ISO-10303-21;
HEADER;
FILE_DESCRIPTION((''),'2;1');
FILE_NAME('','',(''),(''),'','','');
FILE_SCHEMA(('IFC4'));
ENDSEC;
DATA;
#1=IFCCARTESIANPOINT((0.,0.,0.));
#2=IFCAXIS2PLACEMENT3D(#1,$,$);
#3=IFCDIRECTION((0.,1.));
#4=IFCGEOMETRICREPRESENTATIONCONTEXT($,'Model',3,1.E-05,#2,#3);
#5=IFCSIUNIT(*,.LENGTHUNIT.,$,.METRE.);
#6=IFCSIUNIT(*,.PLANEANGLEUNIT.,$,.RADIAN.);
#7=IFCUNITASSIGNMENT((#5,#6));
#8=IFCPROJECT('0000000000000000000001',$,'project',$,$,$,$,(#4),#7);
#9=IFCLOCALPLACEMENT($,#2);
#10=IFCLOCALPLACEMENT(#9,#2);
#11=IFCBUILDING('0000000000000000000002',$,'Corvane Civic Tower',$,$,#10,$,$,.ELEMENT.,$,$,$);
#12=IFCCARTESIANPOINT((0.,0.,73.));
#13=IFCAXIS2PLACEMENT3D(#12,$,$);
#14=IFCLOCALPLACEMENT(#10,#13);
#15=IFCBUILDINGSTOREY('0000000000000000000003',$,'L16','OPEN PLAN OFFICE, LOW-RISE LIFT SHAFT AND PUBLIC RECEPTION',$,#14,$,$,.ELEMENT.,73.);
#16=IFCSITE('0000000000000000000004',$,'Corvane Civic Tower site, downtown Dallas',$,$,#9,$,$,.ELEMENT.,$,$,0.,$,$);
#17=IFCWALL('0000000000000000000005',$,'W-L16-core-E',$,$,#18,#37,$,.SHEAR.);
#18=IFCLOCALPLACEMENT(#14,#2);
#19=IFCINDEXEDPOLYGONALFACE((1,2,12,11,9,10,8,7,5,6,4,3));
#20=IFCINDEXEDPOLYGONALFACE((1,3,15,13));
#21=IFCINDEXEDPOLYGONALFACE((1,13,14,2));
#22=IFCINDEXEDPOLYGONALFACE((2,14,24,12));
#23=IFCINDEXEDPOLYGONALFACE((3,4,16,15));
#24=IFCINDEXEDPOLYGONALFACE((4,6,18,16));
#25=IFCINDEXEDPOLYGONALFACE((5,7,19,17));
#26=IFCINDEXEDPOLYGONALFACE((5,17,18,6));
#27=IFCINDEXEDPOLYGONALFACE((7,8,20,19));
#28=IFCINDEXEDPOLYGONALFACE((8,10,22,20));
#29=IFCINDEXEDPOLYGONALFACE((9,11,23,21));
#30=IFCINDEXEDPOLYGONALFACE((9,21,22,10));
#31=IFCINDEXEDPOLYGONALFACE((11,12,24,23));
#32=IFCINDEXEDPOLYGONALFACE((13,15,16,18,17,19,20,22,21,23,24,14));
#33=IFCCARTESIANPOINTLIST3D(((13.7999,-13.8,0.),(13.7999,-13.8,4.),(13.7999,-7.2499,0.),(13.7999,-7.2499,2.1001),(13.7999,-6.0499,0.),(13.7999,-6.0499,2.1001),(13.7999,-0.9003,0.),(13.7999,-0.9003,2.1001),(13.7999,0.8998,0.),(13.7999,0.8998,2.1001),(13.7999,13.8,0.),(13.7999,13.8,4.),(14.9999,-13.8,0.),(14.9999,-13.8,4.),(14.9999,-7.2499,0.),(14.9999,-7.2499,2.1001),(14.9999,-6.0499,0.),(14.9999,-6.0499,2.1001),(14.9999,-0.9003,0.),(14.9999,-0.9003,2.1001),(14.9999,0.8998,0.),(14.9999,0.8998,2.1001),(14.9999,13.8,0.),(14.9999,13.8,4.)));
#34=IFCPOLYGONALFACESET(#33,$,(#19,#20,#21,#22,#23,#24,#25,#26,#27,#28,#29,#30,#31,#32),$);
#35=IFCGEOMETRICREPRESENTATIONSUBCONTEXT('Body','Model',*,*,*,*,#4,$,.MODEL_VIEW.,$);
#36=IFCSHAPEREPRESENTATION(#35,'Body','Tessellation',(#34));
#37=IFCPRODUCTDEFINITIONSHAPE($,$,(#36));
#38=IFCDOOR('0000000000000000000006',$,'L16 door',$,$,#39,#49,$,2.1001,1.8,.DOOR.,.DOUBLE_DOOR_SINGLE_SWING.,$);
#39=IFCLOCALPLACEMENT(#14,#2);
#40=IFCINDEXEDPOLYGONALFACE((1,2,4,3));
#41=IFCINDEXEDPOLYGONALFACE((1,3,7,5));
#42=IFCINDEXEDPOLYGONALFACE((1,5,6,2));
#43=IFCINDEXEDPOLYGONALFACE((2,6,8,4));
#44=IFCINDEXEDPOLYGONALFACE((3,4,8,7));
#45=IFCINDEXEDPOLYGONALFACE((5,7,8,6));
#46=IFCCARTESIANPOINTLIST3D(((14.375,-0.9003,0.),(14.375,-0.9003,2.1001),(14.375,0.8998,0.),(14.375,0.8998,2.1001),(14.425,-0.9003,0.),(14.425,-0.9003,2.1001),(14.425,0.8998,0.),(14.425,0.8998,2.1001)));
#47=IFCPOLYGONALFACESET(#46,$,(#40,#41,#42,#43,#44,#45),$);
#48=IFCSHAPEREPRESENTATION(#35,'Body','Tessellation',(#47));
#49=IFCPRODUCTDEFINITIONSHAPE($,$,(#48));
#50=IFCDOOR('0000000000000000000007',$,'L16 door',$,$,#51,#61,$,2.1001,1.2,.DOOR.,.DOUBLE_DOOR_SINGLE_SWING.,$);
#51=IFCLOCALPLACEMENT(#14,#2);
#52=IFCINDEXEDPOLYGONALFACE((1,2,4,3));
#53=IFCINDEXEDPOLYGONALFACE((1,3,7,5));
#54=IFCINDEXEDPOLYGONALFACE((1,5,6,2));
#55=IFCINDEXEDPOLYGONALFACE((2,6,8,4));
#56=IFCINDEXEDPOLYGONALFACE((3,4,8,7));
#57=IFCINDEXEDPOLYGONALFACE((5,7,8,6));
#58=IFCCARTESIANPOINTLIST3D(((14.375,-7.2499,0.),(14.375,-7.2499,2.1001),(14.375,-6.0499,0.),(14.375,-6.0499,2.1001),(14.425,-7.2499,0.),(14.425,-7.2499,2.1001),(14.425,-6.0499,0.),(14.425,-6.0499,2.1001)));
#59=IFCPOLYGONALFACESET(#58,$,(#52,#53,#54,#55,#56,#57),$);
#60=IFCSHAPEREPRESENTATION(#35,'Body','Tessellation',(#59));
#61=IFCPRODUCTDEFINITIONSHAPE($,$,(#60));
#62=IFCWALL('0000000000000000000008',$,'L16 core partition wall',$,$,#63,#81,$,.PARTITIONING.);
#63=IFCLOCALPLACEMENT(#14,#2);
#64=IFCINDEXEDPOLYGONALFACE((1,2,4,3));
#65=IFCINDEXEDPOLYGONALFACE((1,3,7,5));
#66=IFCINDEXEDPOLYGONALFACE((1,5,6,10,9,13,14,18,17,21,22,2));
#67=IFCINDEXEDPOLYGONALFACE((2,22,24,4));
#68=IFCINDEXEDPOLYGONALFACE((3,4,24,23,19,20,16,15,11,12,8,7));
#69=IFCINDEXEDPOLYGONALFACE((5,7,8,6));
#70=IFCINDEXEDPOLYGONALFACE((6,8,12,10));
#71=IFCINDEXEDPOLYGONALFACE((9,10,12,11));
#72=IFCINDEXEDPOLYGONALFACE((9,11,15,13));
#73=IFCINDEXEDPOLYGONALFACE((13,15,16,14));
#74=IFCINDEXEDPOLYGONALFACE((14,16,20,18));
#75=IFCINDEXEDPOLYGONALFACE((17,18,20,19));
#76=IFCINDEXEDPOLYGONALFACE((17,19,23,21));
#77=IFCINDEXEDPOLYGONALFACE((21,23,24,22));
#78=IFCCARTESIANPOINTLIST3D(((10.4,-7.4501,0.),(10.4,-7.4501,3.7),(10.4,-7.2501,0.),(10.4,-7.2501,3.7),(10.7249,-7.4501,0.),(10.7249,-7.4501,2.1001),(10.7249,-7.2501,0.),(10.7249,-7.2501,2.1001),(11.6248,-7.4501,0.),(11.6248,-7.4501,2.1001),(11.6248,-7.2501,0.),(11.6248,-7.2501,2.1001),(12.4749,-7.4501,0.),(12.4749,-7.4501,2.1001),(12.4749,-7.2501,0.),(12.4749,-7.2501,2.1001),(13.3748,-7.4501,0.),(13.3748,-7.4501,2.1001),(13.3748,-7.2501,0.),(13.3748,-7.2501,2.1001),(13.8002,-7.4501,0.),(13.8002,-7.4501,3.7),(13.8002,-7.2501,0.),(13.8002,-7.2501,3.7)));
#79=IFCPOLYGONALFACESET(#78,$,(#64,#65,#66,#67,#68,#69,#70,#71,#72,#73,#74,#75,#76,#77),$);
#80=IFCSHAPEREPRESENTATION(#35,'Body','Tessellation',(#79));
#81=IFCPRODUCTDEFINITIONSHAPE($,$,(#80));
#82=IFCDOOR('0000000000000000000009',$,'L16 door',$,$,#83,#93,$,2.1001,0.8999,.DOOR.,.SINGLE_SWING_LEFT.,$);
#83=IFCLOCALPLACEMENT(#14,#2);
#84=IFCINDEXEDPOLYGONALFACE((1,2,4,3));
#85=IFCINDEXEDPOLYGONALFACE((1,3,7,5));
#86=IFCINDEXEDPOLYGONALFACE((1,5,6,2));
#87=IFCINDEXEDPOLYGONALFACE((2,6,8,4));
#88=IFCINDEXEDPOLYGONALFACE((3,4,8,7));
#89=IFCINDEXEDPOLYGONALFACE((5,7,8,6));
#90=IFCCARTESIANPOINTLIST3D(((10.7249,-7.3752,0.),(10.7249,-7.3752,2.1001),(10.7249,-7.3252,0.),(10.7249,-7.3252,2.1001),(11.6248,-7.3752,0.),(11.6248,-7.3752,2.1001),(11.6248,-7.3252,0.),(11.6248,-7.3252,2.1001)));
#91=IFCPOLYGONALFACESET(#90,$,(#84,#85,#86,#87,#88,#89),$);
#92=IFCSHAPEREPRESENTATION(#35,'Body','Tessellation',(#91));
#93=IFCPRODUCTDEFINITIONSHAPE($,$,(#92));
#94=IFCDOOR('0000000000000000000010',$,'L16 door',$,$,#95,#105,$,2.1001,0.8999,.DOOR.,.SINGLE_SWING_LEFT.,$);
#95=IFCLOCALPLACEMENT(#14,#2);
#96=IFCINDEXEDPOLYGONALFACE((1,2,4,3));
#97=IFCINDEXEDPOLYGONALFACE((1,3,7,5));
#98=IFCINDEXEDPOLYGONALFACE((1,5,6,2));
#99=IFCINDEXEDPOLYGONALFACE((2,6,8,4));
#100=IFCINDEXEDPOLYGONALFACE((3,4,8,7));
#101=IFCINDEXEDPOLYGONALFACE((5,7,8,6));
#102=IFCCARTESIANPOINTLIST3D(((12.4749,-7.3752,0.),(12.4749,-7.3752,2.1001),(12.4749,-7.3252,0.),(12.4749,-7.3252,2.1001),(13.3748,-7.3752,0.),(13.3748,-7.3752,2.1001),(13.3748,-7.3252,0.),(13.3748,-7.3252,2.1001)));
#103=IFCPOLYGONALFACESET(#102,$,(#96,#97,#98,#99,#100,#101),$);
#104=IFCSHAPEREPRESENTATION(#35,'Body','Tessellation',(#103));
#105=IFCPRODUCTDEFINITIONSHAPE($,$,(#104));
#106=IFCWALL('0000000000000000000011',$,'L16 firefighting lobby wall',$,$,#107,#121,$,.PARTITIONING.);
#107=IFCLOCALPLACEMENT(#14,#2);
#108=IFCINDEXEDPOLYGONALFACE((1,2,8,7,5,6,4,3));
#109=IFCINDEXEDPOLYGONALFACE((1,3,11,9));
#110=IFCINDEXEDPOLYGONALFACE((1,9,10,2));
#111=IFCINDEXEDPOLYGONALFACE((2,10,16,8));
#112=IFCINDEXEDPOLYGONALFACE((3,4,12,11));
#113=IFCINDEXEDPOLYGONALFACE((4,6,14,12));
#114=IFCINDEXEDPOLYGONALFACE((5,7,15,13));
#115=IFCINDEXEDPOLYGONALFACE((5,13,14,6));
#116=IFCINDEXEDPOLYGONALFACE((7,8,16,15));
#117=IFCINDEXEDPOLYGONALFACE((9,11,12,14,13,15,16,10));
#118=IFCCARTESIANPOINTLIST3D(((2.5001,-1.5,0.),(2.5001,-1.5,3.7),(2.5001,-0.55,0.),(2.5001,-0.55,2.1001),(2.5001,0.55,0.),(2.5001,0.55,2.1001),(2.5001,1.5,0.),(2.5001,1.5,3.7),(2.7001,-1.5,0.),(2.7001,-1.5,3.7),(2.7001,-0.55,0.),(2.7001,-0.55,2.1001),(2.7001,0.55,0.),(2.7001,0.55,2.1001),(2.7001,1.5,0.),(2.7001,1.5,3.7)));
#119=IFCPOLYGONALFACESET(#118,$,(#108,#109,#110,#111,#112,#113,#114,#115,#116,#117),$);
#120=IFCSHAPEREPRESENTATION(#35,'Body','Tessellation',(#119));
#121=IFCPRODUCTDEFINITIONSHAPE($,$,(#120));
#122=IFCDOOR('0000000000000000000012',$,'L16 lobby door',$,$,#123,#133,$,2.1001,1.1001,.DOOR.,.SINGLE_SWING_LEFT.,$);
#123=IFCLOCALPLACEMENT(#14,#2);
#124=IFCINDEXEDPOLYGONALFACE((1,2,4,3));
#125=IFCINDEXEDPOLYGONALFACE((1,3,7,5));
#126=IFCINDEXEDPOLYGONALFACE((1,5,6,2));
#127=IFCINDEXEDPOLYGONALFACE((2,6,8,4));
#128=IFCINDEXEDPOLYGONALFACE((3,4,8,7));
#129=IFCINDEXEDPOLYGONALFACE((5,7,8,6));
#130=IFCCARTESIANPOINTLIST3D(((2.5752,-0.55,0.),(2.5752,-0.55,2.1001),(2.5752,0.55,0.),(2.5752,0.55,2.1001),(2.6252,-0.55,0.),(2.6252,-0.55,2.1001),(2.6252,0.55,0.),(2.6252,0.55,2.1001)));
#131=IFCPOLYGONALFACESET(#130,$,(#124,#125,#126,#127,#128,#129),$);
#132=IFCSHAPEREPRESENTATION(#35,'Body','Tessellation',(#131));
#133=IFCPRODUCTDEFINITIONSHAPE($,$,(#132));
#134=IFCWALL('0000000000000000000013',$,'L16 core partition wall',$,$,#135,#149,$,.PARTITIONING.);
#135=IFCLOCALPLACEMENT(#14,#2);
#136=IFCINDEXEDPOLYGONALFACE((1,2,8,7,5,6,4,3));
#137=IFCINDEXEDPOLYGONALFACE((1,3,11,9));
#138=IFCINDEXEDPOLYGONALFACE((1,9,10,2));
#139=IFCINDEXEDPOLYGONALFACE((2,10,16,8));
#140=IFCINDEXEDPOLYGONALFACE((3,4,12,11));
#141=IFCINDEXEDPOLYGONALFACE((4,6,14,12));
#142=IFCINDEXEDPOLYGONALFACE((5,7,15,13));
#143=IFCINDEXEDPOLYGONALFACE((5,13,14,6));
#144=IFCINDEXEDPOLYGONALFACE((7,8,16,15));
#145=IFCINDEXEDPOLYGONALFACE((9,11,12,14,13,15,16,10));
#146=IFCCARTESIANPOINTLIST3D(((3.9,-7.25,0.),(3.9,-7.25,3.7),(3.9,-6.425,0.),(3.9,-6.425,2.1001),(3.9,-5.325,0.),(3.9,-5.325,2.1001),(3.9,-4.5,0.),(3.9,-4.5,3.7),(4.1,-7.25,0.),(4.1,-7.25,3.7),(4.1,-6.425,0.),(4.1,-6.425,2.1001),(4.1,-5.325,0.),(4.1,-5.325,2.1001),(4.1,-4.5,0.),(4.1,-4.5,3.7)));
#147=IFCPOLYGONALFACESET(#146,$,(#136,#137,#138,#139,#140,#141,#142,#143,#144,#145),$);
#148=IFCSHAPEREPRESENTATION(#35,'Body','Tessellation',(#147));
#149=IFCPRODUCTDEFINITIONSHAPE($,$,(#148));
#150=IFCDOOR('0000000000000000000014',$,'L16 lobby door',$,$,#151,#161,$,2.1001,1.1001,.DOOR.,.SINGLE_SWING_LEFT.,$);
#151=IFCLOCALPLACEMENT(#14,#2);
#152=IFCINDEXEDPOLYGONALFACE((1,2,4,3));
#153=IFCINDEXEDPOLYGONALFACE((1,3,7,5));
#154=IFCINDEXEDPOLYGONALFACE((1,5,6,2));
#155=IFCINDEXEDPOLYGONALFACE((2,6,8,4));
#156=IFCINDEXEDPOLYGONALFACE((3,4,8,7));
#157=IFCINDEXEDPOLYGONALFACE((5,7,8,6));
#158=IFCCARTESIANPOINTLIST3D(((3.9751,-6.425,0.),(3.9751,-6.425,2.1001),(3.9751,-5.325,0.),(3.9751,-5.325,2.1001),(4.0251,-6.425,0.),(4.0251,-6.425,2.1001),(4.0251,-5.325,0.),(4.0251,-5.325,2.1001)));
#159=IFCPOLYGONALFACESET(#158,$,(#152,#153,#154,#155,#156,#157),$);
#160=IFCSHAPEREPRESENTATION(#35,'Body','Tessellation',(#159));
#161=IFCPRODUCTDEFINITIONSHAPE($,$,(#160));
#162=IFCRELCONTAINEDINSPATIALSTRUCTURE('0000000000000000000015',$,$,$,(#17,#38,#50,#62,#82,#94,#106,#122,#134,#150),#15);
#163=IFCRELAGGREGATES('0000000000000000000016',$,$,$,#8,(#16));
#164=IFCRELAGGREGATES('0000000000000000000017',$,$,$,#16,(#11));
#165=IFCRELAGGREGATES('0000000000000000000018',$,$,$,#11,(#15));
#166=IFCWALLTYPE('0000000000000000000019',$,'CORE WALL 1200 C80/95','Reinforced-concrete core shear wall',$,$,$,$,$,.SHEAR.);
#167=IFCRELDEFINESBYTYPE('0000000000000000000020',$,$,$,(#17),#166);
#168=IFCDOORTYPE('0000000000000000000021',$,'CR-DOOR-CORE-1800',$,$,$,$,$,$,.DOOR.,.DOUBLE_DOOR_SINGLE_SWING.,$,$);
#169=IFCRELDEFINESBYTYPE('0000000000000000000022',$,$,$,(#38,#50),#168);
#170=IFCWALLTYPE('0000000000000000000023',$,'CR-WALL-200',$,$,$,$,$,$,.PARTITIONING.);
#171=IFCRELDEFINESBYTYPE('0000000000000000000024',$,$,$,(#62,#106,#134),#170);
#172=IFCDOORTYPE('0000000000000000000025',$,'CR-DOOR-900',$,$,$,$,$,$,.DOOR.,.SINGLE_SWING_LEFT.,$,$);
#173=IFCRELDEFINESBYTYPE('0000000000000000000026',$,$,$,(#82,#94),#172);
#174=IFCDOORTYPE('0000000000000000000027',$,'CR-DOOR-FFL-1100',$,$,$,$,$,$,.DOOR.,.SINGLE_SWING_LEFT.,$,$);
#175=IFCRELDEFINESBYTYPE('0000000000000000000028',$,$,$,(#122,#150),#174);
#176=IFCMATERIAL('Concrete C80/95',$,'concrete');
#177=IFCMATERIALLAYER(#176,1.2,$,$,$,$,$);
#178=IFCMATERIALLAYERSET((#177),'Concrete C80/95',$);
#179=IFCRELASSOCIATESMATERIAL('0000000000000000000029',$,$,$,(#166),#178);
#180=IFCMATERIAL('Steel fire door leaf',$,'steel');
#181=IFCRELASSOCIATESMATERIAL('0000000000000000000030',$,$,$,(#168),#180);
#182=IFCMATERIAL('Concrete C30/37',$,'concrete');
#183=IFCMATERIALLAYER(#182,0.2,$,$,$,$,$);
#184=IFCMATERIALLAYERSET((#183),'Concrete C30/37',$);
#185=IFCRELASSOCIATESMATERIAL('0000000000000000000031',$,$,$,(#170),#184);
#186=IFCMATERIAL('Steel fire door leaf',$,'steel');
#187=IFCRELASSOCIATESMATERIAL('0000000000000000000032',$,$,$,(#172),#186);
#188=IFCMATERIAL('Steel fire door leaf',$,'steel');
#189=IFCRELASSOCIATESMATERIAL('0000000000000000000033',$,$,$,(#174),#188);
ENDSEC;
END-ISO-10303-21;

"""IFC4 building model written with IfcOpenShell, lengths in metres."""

from ifc_helpers import new_model, si_unit, direction, frame, frame_2d, origin, place, context, subcontext, project, spatial, rectangle, extrude, material, layer, layer_set, type_object, element, fill, save


model = new_model("IFC4")

# Units and contexts
model_context = context("Model", 3, precision=1e-05, world=origin(), true_north=direction((0.0, 1.0)))
body_context = subcontext(model_context, "Body", "Model", "MODEL_VIEW")
ifc_project = project(units=[si_unit("LENGTHUNIT", "METRE"), si_unit("PLANEANGLEUNIT", "RADIAN")], contexts=[model_context])

# Site, building, storey
site_placement = place(None, origin())
site = spatial("IfcSite", under=ifc_project, at=site_placement, Name="Corvane Civic Tower site, downtown Dallas", CompositionType="ELEMENT", RefElevation=0.0)
building_placement = place(site_placement, origin())
building = spatial("IfcBuilding", under=site, at=building_placement, Name="Corvane Civic Tower", CompositionType="ELEMENT")
storey_placement = place(building_placement, frame((0.0, 0.0, 73.0)))
storey = spatial("IfcBuildingStorey", under=building, at=storey_placement, Name="L16", Description="OPEN PLAN OFFICE, LOW-RISE LIFT SHAFT AND PUBLIC RECEPTION", CompositionType="ELEMENT", Elevation=73.0)

# Walls, openings, doors
ifc_material_1 = material(Name="Concrete C80/95", Category="concrete")
ifc_layer_1 = layer(ifc_material_1, 1.2)
ifc_layer_set_1 = layer_set([ifc_layer_1], Name="Concrete C80/95")
wall_type_1 = type_object("IfcWallType", Name="CORE WALL 1200 C80/95", Description="Reinforced-concrete core shear wall", PredefinedType="SHEAR", material=ifc_layer_set_1)
wall_1_placement = place(storey_placement, frame((14.3999, -13.8, 0.0), z_axis=(0.0, 0.0, 1.0), x_axis=(0.0, 1.0, 0.0)))
wall_1 = element("IfcWall", 1, at=wall_1_placement, inside=storey, type_object=wall_type_1, Name="W-L16-core-E", PredefinedType="SHEAR", context=body_context, shape_type="SweptSolid", body=[
    extrude(rectangle(XDim=27.6001, YDim=1.2, at=frame_2d((13.8, 0.0))), origin(), (0.0, 0.0, 1.0), 4.0),
])
opening_1_placement = place(wall_1_placement, frame((12.8999, 0.0, 0.0)))
opening_1 = element("IfcOpeningElement", 2, at=opening_1_placement, cuts=wall_1, PredefinedType="OPENING", context=body_context, shape_type="SweptSolid", body=[
    extrude(rectangle(XDim=1.8, YDim=2.1001, at=frame_2d((0.8999, 1.05))), frame((0.0, 0.6099, 0.0), z_axis=(0.0, -1.0, 0.0), x_axis=(1.0, 0.0, 0.0)), (0.0, 0.0, 1.0), 1.22),
])
opening_2_placement = place(wall_1_placement, frame((6.55, 0.0, 0.0)))
opening_2 = element("IfcOpeningElement", 3, at=opening_2_placement, cuts=wall_1, PredefinedType="OPENING", context=body_context, shape_type="SweptSolid", body=[
    extrude(rectangle(XDim=1.2, YDim=2.1001, at=frame_2d((0.6001, 1.05))), frame((0.0, 0.6099, 0.0), z_axis=(0.0, -1.0, 0.0), x_axis=(1.0, 0.0, 0.0)), (0.0, 0.0, 1.0), 1.22),
])
ifc_material_2 = material(Name="Steel fire door leaf", Category="steel")
door_type_1 = type_object("IfcDoorType", Name="CR-DOOR-CORE-1800", OperationType="DOUBLE_DOOR_SINGLE_SWING", PredefinedType="DOOR", material=ifc_material_2)
door_1_placement = place(opening_1_placement, origin())
door_1 = element("IfcDoor", 4, at=door_1_placement, inside=storey, type_object=door_type_1, Name="L16 door", OperationType="DOUBLE_DOOR_SINGLE_SWING", OverallHeight=2.1001, OverallWidth=1.8, PredefinedType="DOOR", context=body_context, shape_type="SweptSolid", body=[
    extrude(rectangle(XDim=1.8, YDim=2.1001, at=frame_2d((0.8999, 1.05))), frame((0.0, 0.0249, 0.0), z_axis=(0.0, -1.0, 0.0), x_axis=(1.0, 0.0, 0.0)), (0.0, 0.0, 1.0), 0.05),
])
fill(opening_1, door_1)
door_2_placement = place(opening_2_placement, origin())
door_2 = element("IfcDoor", 5, at=door_2_placement, inside=storey, type_object=door_type_1, Name="L16 door", OperationType="DOUBLE_DOOR_SINGLE_SWING", OverallHeight=2.1001, OverallWidth=1.2, PredefinedType="DOOR", context=body_context, shape_type="SweptSolid", body=[
    extrude(rectangle(XDim=1.2, YDim=2.1001, at=frame_2d((0.6001, 1.05))), frame((0.0, 0.0249, 0.0), z_axis=(0.0, -1.0, 0.0), x_axis=(1.0, 0.0, 0.0)), (0.0, 0.0, 1.0), 0.05),
])
fill(opening_2, door_2)
ifc_material_3 = material(Name="Concrete C30/37", Category="concrete")
ifc_layer_2 = layer(ifc_material_3, 0.2)
ifc_layer_set_2 = layer_set([ifc_layer_2], Name="Concrete C30/37")
wall_type_2 = type_object("IfcWallType", Name="CR-WALL-200", PredefinedType="PARTITIONING", material=ifc_layer_set_2)
wall_2_placement = place(storey_placement, frame((10.3999, -7.3501, 0.0), z_axis=(0.0, 0.0, 1.0), x_axis=(1.0, 0.0, 0.0)))
wall_2 = element("IfcWall", 6, at=wall_2_placement, inside=storey, type_object=wall_type_2, Name="L16 core partition wall", PredefinedType="PARTITIONING", context=body_context, shape_type="SweptSolid", body=[
    extrude(rectangle(XDim=3.4001, YDim=0.2, at=frame_2d((1.7002, 0.0))), origin(), (0.0, 0.0, 1.0), 3.7),
])
opening_3_placement = place(wall_2_placement, frame((0.325, 0.0, 0.0)))
opening_3 = element("IfcOpeningElement", 7, at=opening_3_placement, cuts=wall_2, PredefinedType="OPENING", context=body_context, shape_type="SweptSolid", body=[
    extrude(rectangle(XDim=0.8999, YDim=2.1001, at=frame_2d((0.45, 1.05))), frame((0.0, 0.1099, 0.0), z_axis=(0.0, -1.0, 0.0), x_axis=(1.0, 0.0, 0.0)), (0.0, 0.0, 1.0), 0.22),
])
opening_4_placement = place(wall_2_placement, frame((2.075, 0.0, 0.0)))
opening_4 = element("IfcOpeningElement", 8, at=opening_4_placement, cuts=wall_2, PredefinedType="OPENING", context=body_context, shape_type="SweptSolid", body=[
    extrude(rectangle(XDim=0.8999, YDim=2.1001, at=frame_2d((0.45, 1.05))), frame((0.0, 0.1099, 0.0), z_axis=(0.0, -1.0, 0.0), x_axis=(1.0, 0.0, 0.0)), (0.0, 0.0, 1.0), 0.22),
])
ifc_material_4 = material(Name="Steel fire door leaf", Category="steel")
door_type_2 = type_object("IfcDoorType", Name="CR-DOOR-900", OperationType="SINGLE_SWING_LEFT", PredefinedType="DOOR", material=ifc_material_4)
door_3_placement = place(opening_3_placement, origin())
door_3 = element("IfcDoor", 9, at=door_3_placement, inside=storey, type_object=door_type_2, Name="L16 door", OperationType="SINGLE_SWING_LEFT", OverallHeight=2.1001, OverallWidth=0.8999, PredefinedType="DOOR", context=body_context, shape_type="SweptSolid", body=[
    extrude(rectangle(XDim=0.8999, YDim=2.1001, at=frame_2d((0.45, 1.05))), frame((0.0, 0.0249, 0.0), z_axis=(0.0, -1.0, 0.0), x_axis=(1.0, 0.0, 0.0)), (0.0, 0.0, 1.0), 0.05),
])
fill(opening_3, door_3)
door_4_placement = place(opening_4_placement, origin())
door_4 = element("IfcDoor", 10, at=door_4_placement, inside=storey, type_object=door_type_2, Name="L16 door", OperationType="SINGLE_SWING_LEFT", OverallHeight=2.1001, OverallWidth=0.8999, PredefinedType="DOOR", context=body_context, shape_type="SweptSolid", body=[
    extrude(rectangle(XDim=0.8999, YDim=2.1001, at=frame_2d((0.45, 1.05))), frame((0.0, 0.0249, 0.0), z_axis=(0.0, -1.0, 0.0), x_axis=(1.0, 0.0, 0.0)), (0.0, 0.0, 1.0), 0.05),
])
fill(opening_4, door_4)

# Walls, openings, doors
wall_3_placement = place(storey_placement, frame((2.6001, -1.5, 0.0), z_axis=(0.0, 0.0, 1.0), x_axis=(0.0, 1.0, 0.0)))
wall_3 = element("IfcWall", 11, at=wall_3_placement, inside=storey, type_object=wall_type_2, Name="L16 firefighting lobby wall", PredefinedType="PARTITIONING", context=body_context, shape_type="SweptSolid", body=[
    extrude(rectangle(XDim=3.0, YDim=0.2, at=frame_2d((1.5, 0.0))), origin(), (0.0, 0.0, 1.0), 3.7),
])
opening_5_placement = place(wall_3_placement, frame((0.95, 0.0, 0.0)))
opening_5 = element("IfcOpeningElement", 12, at=opening_5_placement, cuts=wall_3, PredefinedType="OPENING", context=body_context, shape_type="SweptSolid", body=[
    extrude(rectangle(XDim=1.1001, YDim=2.1001, at=frame_2d((0.55, 1.05))), frame((0.0, 0.1099, 0.0), z_axis=(0.0, -1.0, 0.0), x_axis=(1.0, 0.0, 0.0)), (0.0, 0.0, 1.0), 0.22),
])
ifc_material_5 = material(Name="Steel fire door leaf", Category="steel")
door_type_3 = type_object("IfcDoorType", Name="CR-DOOR-FFL-1100", OperationType="SINGLE_SWING_LEFT", PredefinedType="DOOR", material=ifc_material_5)
door_5_placement = place(opening_5_placement, origin())
door_5 = element("IfcDoor", 13, at=door_5_placement, inside=storey, type_object=door_type_3, Name="L16 lobby door", OperationType="SINGLE_SWING_LEFT", OverallHeight=2.1001, OverallWidth=1.1001, PredefinedType="DOOR", context=body_context, shape_type="SweptSolid", body=[
    extrude(rectangle(XDim=1.1001, YDim=2.1001, at=frame_2d((0.55, 1.05))), frame((0.0, 0.0249, 0.0), z_axis=(0.0, -1.0, 0.0), x_axis=(1.0, 0.0, 0.0)), (0.0, 0.0, 1.0), 0.05),
])
fill(opening_5, door_5)
wall_4_placement = place(storey_placement, frame((4.0, -7.25, 0.0), z_axis=(0.0, 0.0, 1.0), x_axis=(0.0, 1.0, 0.0)))
wall_4 = element("IfcWall", 14, at=wall_4_placement, inside=storey, type_object=wall_type_2, Name="L16 core partition wall", PredefinedType="PARTITIONING", context=body_context, shape_type="SweptSolid", body=[
    extrude(rectangle(XDim=2.75, YDim=0.2, at=frame_2d((1.375, 0.0))), origin(), (0.0, 0.0, 1.0), 3.7),
])
opening_6_placement = place(wall_4_placement, frame((0.825, 0.0, 0.0)))
opening_6 = element("IfcOpeningElement", 15, at=opening_6_placement, cuts=wall_4, PredefinedType="OPENING", context=body_context, shape_type="SweptSolid", body=[
    extrude(rectangle(XDim=1.1001, YDim=2.1001, at=frame_2d((0.55, 1.05))), frame((0.0, 0.1099, 0.0), z_axis=(0.0, -1.0, 0.0), x_axis=(1.0, 0.0, 0.0)), (0.0, 0.0, 1.0), 0.22),
])
door_6_placement = place(opening_6_placement, origin())
door_6 = element("IfcDoor", 16, at=door_6_placement, inside=storey, type_object=door_type_3, Name="L16 lobby door", OperationType="SINGLE_SWING_LEFT", OverallHeight=2.1001, OverallWidth=1.1001, PredefinedType="DOOR", context=body_context, shape_type="SweptSolid", body=[
    extrude(rectangle(XDim=1.1001, YDim=2.1001, at=frame_2d((0.55, 1.05))), frame((0.0, 0.0249, 0.0), z_axis=(0.0, -1.0, 0.0), x_axis=(1.0, 0.0, 0.0)), (0.0, 0.0, 1.0), 0.05),
])
fill(opening_6, door_6)

save(model, "model.ifc")
